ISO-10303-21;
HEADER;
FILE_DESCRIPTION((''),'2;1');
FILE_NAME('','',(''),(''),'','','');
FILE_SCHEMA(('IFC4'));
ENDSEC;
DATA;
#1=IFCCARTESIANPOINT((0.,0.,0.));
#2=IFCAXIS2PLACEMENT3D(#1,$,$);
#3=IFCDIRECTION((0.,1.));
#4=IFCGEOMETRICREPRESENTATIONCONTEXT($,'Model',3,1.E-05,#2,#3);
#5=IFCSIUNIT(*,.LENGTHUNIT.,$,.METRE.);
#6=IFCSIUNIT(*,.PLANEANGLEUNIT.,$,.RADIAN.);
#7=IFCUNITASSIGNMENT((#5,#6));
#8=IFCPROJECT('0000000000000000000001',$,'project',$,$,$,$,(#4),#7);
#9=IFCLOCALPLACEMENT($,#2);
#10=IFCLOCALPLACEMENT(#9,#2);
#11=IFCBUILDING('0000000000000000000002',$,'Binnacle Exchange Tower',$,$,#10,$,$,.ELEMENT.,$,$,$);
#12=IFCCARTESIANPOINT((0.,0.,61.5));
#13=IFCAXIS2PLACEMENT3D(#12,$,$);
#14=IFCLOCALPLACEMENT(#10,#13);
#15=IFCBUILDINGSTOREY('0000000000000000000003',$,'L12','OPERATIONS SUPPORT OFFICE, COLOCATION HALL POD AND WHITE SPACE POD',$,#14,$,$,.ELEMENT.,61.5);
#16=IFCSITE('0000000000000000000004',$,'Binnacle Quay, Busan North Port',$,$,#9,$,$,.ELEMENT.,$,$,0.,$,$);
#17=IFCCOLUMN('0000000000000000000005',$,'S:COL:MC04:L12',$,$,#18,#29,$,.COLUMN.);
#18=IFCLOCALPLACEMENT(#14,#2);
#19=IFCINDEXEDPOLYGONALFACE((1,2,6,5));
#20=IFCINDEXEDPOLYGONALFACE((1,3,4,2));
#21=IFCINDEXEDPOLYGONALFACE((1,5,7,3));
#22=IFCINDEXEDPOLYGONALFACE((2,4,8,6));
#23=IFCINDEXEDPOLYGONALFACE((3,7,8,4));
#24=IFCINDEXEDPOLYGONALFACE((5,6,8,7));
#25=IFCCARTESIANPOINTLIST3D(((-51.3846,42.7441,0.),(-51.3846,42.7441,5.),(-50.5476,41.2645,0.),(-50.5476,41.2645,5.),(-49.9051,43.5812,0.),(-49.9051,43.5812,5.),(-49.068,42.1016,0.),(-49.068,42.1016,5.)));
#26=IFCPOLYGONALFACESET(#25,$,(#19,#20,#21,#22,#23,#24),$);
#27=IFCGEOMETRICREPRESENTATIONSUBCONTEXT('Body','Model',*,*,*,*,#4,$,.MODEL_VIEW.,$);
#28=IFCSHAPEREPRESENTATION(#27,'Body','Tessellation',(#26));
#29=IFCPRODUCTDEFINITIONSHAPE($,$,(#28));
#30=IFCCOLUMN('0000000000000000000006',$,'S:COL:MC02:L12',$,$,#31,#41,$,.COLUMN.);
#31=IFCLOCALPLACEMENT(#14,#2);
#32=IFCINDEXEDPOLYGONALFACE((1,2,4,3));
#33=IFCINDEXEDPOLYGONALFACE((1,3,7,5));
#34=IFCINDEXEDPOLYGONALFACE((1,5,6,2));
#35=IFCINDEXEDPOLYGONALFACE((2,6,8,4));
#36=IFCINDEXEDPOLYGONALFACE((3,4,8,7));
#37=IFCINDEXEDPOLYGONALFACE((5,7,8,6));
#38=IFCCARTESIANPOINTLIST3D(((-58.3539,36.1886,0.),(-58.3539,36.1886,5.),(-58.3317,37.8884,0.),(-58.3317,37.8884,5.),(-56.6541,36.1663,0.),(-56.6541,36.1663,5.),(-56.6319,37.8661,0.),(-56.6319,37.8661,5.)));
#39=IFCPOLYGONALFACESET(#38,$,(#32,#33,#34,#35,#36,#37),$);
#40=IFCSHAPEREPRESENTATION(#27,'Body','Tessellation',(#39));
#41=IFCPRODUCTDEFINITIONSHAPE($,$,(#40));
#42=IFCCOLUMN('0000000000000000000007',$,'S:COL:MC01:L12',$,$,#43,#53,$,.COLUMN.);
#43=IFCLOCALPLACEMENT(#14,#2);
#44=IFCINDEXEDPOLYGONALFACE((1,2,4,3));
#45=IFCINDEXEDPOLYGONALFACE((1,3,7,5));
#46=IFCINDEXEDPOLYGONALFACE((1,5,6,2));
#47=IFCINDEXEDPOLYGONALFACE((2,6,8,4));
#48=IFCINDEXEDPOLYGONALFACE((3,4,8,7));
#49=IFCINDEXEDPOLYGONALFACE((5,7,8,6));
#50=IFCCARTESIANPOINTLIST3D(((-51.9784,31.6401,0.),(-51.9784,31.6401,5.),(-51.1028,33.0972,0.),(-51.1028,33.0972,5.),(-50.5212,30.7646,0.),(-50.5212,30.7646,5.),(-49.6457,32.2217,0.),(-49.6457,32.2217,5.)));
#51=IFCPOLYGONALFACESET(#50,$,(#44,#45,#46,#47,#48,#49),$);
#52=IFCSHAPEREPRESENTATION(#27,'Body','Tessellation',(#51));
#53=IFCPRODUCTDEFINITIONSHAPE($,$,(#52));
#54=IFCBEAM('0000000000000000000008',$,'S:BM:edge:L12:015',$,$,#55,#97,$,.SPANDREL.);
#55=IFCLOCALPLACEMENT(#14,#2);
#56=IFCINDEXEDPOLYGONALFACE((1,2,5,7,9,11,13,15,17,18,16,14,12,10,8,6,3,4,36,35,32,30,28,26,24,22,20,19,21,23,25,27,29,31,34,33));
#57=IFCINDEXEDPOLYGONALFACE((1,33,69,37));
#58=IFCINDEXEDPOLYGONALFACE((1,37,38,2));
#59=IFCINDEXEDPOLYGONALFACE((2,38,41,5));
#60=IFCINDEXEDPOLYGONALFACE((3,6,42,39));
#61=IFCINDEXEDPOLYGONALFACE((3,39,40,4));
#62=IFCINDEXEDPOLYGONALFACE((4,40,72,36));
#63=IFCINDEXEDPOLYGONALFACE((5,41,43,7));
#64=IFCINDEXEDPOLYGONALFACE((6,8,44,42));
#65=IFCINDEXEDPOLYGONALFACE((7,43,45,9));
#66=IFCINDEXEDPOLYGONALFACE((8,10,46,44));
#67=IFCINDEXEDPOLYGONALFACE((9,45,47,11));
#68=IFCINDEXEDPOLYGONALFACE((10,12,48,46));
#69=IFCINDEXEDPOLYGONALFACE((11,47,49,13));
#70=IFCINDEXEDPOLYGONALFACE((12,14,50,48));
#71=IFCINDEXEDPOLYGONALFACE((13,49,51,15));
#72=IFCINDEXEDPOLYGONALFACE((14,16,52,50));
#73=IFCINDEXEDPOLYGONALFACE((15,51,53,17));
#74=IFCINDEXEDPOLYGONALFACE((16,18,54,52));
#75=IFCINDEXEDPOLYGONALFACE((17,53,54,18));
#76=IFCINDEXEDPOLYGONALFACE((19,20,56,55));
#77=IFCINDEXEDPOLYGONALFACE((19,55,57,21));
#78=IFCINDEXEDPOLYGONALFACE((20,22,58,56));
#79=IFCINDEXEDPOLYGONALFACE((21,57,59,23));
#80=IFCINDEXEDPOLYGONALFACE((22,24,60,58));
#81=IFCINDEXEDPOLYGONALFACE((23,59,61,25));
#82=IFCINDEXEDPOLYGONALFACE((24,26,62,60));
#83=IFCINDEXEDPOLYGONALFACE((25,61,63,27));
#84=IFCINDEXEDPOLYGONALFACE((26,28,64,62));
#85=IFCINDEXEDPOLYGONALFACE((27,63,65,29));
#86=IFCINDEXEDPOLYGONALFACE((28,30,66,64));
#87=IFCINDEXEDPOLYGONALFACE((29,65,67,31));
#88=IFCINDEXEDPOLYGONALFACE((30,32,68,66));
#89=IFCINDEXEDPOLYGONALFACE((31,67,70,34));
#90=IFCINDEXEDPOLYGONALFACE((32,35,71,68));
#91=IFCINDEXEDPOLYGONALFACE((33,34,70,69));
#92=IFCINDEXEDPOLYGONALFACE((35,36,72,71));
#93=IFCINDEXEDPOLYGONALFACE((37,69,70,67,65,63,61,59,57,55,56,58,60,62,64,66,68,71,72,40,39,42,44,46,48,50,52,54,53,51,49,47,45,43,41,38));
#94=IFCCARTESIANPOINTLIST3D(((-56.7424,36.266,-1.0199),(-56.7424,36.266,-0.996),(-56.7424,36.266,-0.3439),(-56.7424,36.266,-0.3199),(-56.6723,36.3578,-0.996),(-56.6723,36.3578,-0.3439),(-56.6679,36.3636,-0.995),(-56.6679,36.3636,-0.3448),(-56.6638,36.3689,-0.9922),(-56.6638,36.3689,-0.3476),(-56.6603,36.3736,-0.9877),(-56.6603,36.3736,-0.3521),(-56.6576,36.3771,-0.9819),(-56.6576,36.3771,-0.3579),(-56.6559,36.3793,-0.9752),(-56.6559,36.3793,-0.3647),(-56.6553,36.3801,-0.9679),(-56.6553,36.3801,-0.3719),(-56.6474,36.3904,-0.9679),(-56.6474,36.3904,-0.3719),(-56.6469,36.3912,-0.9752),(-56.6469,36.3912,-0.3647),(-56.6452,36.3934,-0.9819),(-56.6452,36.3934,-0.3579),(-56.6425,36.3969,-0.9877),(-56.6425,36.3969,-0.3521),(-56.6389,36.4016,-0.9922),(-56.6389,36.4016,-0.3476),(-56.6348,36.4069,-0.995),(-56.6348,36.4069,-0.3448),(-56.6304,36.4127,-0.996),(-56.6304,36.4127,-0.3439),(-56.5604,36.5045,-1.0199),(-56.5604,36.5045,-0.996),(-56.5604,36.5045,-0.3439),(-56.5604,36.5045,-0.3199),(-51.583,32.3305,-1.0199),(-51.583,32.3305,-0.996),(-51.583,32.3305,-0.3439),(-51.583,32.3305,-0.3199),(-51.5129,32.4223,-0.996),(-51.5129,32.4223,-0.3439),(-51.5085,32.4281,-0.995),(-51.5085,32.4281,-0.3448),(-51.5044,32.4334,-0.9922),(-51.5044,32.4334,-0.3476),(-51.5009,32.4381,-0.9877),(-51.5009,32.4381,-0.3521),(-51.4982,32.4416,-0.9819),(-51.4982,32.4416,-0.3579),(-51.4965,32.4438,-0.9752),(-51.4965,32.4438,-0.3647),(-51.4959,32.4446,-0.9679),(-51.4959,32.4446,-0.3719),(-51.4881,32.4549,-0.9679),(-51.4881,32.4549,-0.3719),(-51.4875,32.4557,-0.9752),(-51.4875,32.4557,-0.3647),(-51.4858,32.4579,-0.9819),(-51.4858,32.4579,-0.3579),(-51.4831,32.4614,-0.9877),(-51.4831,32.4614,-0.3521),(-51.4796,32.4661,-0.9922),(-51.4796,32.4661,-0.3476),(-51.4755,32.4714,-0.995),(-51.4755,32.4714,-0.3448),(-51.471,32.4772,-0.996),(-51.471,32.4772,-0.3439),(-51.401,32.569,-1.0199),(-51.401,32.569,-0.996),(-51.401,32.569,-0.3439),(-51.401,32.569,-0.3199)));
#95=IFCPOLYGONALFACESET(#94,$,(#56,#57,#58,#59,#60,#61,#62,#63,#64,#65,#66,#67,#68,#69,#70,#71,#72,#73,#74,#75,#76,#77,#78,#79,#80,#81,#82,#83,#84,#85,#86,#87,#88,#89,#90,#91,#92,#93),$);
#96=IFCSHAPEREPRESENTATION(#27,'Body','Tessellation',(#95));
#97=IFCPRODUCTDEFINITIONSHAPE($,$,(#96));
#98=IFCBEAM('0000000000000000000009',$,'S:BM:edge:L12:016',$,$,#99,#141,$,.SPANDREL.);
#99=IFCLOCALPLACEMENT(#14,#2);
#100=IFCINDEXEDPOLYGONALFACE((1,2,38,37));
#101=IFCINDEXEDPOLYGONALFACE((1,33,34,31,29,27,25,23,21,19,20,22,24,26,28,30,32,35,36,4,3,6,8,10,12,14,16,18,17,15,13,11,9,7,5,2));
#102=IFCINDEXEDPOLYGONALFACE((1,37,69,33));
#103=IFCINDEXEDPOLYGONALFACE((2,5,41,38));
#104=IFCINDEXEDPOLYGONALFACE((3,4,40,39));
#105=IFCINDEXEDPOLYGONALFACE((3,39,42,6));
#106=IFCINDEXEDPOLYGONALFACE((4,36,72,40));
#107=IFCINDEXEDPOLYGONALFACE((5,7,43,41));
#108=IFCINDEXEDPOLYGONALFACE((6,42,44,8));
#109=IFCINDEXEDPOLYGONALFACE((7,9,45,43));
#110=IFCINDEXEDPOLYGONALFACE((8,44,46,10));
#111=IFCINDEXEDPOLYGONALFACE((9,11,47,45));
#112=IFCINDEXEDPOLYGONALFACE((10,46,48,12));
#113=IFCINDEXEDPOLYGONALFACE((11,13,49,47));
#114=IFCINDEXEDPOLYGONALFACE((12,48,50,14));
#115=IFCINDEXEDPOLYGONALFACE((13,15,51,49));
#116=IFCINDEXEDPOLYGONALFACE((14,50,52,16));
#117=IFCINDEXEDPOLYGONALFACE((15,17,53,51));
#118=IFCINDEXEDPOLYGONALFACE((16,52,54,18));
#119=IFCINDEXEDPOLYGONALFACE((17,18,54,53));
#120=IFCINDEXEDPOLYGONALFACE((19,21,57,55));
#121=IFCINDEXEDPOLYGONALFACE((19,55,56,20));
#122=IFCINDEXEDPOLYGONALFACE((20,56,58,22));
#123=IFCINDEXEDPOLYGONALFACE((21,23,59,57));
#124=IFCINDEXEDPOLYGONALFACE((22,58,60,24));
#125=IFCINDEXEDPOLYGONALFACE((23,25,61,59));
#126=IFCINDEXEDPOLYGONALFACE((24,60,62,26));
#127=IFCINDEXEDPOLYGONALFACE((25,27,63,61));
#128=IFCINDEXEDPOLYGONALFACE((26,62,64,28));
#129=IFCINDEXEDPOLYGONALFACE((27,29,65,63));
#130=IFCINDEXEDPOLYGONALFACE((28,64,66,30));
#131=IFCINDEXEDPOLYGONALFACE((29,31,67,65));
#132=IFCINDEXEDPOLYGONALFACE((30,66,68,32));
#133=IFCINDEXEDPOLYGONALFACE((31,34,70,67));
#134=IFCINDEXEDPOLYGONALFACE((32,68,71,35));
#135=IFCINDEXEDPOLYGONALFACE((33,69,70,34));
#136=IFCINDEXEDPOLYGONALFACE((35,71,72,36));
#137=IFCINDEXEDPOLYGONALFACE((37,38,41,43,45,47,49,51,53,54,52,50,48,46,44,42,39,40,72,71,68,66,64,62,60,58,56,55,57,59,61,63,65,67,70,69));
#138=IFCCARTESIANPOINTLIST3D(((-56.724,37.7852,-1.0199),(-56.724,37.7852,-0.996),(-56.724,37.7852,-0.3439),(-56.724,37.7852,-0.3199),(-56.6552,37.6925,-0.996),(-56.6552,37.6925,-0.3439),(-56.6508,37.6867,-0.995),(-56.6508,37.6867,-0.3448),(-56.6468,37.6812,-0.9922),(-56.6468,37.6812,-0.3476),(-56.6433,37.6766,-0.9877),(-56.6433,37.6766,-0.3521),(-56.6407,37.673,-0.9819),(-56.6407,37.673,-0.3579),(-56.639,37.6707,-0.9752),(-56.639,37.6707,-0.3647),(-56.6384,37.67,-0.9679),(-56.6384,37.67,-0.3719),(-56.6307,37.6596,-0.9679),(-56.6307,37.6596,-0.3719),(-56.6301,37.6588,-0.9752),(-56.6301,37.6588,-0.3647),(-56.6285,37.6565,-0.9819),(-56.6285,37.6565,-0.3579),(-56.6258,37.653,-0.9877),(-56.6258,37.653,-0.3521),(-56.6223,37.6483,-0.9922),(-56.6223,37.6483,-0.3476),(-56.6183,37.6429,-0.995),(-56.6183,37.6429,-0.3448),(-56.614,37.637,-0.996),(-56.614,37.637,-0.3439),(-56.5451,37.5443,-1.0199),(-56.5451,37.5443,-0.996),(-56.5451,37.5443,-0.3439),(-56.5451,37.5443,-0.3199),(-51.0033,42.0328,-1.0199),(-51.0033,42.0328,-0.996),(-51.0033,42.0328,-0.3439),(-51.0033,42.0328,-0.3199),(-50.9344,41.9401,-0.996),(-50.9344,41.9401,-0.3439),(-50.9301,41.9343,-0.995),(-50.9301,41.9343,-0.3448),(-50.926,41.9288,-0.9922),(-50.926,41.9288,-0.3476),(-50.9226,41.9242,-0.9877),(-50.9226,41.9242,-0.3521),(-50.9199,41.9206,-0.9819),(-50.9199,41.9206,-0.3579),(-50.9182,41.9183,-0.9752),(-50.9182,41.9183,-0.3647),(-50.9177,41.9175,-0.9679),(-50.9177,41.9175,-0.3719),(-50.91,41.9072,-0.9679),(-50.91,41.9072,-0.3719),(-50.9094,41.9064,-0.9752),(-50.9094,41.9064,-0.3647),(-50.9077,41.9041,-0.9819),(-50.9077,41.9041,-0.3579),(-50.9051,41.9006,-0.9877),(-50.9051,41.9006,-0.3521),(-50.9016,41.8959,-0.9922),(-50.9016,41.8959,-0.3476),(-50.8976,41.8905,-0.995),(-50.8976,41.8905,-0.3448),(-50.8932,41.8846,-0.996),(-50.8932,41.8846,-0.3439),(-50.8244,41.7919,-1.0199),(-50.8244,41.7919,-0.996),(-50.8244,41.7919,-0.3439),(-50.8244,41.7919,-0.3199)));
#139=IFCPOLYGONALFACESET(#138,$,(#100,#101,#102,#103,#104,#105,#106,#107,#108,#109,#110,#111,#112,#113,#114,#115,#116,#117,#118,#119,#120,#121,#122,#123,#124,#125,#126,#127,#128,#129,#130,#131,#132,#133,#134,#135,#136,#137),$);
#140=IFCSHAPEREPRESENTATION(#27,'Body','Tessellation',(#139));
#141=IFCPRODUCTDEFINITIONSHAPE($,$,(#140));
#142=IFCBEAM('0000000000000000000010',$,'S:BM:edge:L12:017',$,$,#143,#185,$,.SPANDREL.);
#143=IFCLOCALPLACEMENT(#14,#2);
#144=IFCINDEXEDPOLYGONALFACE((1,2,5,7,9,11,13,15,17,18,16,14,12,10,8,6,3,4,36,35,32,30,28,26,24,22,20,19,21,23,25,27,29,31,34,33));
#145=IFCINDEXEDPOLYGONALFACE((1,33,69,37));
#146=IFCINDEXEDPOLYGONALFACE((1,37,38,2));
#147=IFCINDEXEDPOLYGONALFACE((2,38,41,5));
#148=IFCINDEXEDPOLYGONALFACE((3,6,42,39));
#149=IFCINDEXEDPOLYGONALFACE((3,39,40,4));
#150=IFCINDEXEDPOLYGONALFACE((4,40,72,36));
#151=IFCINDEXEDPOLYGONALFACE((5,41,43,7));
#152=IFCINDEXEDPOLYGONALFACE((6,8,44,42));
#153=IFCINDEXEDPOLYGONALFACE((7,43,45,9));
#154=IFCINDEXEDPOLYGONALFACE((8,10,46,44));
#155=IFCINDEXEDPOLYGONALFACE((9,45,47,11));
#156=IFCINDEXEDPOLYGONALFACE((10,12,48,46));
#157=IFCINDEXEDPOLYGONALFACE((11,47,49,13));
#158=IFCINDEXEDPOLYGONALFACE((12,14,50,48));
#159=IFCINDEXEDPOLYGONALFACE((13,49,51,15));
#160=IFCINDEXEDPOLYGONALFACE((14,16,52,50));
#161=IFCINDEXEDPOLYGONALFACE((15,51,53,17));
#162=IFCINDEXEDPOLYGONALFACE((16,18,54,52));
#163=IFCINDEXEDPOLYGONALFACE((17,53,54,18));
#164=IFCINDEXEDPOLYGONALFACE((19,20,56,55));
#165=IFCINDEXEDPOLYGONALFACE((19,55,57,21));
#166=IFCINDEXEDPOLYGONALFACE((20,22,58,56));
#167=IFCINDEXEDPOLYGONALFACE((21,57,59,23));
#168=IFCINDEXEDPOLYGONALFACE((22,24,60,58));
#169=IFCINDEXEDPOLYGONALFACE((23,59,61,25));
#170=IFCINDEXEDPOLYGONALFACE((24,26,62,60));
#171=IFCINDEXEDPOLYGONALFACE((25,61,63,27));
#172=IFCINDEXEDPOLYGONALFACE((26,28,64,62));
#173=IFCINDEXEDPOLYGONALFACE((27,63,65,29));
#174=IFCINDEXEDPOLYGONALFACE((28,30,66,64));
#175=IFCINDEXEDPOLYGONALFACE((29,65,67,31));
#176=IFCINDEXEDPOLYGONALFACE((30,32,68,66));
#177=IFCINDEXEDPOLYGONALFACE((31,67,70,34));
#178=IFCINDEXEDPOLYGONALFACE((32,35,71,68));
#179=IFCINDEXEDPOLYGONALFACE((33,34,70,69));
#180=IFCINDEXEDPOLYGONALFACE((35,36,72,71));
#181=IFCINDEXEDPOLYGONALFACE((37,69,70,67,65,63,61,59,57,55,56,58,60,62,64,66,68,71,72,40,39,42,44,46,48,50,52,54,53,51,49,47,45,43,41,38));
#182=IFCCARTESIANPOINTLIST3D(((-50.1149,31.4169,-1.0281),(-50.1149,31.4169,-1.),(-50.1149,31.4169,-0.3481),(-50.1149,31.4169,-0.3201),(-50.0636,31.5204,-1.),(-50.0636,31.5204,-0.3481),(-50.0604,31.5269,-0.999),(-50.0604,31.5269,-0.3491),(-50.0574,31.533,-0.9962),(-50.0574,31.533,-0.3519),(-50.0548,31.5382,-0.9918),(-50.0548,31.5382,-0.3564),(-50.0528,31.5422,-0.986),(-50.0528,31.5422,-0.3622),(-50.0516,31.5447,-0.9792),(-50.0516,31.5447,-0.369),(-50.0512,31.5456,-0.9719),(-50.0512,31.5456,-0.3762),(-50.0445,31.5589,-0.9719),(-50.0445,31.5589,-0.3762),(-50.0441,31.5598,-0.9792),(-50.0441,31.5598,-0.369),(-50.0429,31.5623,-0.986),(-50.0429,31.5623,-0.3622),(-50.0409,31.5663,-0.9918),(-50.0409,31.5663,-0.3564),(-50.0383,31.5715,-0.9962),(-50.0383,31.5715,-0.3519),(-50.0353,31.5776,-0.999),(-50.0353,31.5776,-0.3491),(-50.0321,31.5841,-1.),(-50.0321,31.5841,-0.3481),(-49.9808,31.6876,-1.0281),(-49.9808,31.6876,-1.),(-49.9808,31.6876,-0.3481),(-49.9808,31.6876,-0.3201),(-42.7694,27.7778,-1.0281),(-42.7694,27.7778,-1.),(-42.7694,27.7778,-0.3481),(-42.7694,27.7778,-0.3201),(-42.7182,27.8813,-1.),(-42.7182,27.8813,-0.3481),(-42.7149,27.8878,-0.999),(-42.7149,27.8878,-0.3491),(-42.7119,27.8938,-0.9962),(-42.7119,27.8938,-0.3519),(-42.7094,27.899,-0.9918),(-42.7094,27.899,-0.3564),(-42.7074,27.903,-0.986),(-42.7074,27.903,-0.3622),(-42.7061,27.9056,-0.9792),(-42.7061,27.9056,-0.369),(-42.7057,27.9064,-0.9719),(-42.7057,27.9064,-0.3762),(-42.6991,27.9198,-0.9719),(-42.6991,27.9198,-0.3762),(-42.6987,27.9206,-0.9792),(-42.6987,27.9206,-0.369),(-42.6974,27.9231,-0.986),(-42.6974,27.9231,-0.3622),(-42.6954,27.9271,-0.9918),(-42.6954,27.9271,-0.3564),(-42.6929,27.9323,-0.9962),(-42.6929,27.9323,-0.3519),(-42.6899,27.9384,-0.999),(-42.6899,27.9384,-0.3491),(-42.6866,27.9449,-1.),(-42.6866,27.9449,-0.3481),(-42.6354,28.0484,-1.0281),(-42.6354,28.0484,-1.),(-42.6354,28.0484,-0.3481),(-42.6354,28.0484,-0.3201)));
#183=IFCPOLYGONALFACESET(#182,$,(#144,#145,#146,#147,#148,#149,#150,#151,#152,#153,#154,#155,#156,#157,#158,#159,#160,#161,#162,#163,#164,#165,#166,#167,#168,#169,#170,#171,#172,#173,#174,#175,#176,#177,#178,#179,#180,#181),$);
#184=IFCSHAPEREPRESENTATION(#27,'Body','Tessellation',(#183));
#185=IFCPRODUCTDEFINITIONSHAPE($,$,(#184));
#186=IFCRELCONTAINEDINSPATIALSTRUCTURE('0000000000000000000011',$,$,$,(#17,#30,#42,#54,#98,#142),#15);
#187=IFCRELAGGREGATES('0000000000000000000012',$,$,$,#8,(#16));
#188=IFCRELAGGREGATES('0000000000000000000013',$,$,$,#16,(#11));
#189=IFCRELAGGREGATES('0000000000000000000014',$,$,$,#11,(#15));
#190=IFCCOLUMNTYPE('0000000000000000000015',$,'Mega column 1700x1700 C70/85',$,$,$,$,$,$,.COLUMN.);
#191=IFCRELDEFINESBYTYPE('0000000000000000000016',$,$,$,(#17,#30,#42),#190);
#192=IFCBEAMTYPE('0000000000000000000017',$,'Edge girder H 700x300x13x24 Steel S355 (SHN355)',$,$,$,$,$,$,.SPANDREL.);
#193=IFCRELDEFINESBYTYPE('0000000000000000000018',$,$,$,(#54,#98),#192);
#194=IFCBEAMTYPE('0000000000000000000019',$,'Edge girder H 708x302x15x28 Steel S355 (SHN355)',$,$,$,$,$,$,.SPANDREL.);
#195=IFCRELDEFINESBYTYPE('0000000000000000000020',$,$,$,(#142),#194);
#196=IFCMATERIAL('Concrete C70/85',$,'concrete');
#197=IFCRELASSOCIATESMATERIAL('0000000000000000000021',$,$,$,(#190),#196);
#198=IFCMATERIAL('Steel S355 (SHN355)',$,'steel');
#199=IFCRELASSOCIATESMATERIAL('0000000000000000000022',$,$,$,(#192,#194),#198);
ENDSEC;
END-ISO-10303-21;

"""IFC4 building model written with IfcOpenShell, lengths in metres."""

from ifc_helpers import new_model, si_unit, direction, frame, origin, origin_2d, place, context, subcontext, project, spatial, rectangle, i_section, extrude, material, material_profile, profile_set, type_object, element, save


model = new_model("IFC4")

# Units and contexts
model_context = context("Model", 3, precision=1e-05, world=origin(), true_north=direction((0.0, 1.0)))
body_context = subcontext(model_context, "Body", "Model", "MODEL_VIEW")
ifc_project = project(units=[si_unit("LENGTHUNIT", "METRE"), si_unit("PLANEANGLEUNIT", "RADIAN")], contexts=[model_context])

# Site, building, storey
site_placement = place(None, origin())
site = spatial("IfcSite", under=ifc_project, at=site_placement, Name="Binnacle Quay, Busan North Port", CompositionType="ELEMENT", RefElevation=0.0)
building_placement = place(site_placement, origin())
building = spatial("IfcBuilding", under=site, at=building_placement, Name="Binnacle Exchange Tower", CompositionType="ELEMENT")
storey_placement = place(building_placement, frame((0.0, 0.0, 61.5)))
storey = spatial("IfcBuildingStorey", under=building, at=storey_placement, Name="L12", Description="OPERATIONS SUPPORT OFFICE, COLOCATION HALL POD AND WHITE SPACE POD", CompositionType="ELEMENT", Elevation=61.5)

# Columns
ifc_material_1 = material(Name="Concrete C70/85", Category="concrete")
ifc_material_profile_1 = material_profile(ifc_material_1, rectangle(XDim=1.7, YDim=1.7, at=origin_2d()), Name="Mega column 1700x1700 C70/85")
ifc_profile_set_1 = profile_set([ifc_material_profile_1], Name="Concrete C70/85")
column_type = type_object("IfcColumnType", Name="Mega column 1700x1700 C70/85", PredefinedType="COLUMN", material=ifc_profile_set_1)
for number, where, z_axis, x_axis, name in (
    (1, (-50.2263, 42.4229, 0.0), (0.0, 0.0, 1.0), (-0.870356, -0.492424, 0.0), "S:COL:MC04:L12"),
    (2, (-57.4929, 37.0273, 0.0), (0.0, 0.0, 1.0), (-0.01309, -0.999914, 0.0), "S:COL:MC02:L12"),
    (3, (-50.812, 31.9309, 0.0), (0.0, 0.0, 1.0), (0.857167, -0.515038, 0.0), "S:COL:MC01:L12"),
):
    element("IfcColumn", number, at=place(storey_placement, frame(where, z_axis=z_axis, x_axis=x_axis)), inside=storey, type_object=column_type, Name=name, PredefinedType="COLUMN", context=body_context, shape_type="SweptSolid", body=[
        extrude(rectangle(XDim=1.7, YDim=1.7, at=origin_2d()), origin(), (0.0, 0.0, 1.0), 5.0),
    ])

# Beams
ifc_material_2 = material(Name="Steel S355 (SHN355)", Category="steel")
ifc_material_profile_2 = material_profile(ifc_material_2, i_section(OverallWidth=0.3, OverallDepth=0.7, WebThickness=0.0129, FlangeThickness=0.0239, FilletRadius=0.0281, at=origin_2d()), Name="H 700x300x13x24")
ifc_profile_set_2 = profile_set([ifc_material_profile_2], Name="Steel S355 (SHN355)")
beam_type_1 = type_object("IfcBeamType", Name="Edge girder H 700x300x13x24 Steel S355 (SHN355)", PredefinedType="SPANDREL", material=ifc_profile_set_2)
beam_1_placement = place(storey_placement, frame((-56.6514, 36.3853, -0.6699), z_axis=(0.795093, -0.606487, 0.0), x_axis=(0.606487, 0.795093, 0.0)))
element("IfcBeam", 4, at=beam_1_placement, inside=storey, type_object=beam_type_1, Name="S:BM:edge:L12:015", PredefinedType="SPANDREL", context=body_context, shape_type="SweptSolid", body=[
    extrude(i_section(OverallWidth=0.3, OverallDepth=0.7, WebThickness=0.0129, FlangeThickness=0.0239, FilletRadius=0.0281, at=origin_2d()), origin(), (0.0, 0.0, 1.0), 6.489),
])
beam_2_placement = place(storey_placement, frame((-50.9138, 41.9124, -0.6699), z_axis=(-0.802885, -0.596133, 0.0), x_axis=(0.596133, -0.802885, 0.0)))
element("IfcBeam", 5, at=beam_2_placement, inside=storey, type_object=beam_type_1, Name="S:BM:edge:L12:016", PredefinedType="SPANDREL", context=body_context, shape_type="SweptSolid", body=[
    extrude(i_section(OverallWidth=0.3, OverallDepth=0.7, WebThickness=0.0129, FlangeThickness=0.0239, FilletRadius=0.0281, at=origin_2d()), origin(), (0.0, 0.0, 1.0), 7.1252),
])
ifc_material_profile_3 = material_profile(ifc_material_2, i_section(OverallWidth=0.302, OverallDepth=0.708, WebThickness=0.0149, FlangeThickness=0.0281, FilletRadius=0.0281, at=origin_2d()), Name="H 708x302x15x28")
ifc_profile_set_3 = profile_set([ifc_material_profile_3], Name="Steel S355 (SHN355)")
beam_type_2 = type_object("IfcBeamType", Name="Edge girder H 708x302x15x28 Steel S355 (SHN355)", PredefinedType="SPANDREL", material=ifc_profile_set_3)
beam_3_placement = place(storey_placement, frame((-50.0479, 31.5522, -0.6741), z_axis=(0.896059, -0.443935, 0.0), x_axis=(0.443935, 0.896059, 0.0)))
element("IfcBeam", 6, at=beam_3_placement, inside=storey, type_object=beam_type_2, Name="S:BM:edge:L12:017", PredefinedType="SPANDREL", context=body_context, shape_type="SweptSolid", body=[
    extrude(i_section(OverallWidth=0.302, OverallDepth=0.708, WebThickness=0.0149, FlangeThickness=0.0281, FilletRadius=0.0281, at=origin_2d()), origin(), (0.0, 0.0, 1.0), 8.1975),
])

save(model, "model.ifc")
